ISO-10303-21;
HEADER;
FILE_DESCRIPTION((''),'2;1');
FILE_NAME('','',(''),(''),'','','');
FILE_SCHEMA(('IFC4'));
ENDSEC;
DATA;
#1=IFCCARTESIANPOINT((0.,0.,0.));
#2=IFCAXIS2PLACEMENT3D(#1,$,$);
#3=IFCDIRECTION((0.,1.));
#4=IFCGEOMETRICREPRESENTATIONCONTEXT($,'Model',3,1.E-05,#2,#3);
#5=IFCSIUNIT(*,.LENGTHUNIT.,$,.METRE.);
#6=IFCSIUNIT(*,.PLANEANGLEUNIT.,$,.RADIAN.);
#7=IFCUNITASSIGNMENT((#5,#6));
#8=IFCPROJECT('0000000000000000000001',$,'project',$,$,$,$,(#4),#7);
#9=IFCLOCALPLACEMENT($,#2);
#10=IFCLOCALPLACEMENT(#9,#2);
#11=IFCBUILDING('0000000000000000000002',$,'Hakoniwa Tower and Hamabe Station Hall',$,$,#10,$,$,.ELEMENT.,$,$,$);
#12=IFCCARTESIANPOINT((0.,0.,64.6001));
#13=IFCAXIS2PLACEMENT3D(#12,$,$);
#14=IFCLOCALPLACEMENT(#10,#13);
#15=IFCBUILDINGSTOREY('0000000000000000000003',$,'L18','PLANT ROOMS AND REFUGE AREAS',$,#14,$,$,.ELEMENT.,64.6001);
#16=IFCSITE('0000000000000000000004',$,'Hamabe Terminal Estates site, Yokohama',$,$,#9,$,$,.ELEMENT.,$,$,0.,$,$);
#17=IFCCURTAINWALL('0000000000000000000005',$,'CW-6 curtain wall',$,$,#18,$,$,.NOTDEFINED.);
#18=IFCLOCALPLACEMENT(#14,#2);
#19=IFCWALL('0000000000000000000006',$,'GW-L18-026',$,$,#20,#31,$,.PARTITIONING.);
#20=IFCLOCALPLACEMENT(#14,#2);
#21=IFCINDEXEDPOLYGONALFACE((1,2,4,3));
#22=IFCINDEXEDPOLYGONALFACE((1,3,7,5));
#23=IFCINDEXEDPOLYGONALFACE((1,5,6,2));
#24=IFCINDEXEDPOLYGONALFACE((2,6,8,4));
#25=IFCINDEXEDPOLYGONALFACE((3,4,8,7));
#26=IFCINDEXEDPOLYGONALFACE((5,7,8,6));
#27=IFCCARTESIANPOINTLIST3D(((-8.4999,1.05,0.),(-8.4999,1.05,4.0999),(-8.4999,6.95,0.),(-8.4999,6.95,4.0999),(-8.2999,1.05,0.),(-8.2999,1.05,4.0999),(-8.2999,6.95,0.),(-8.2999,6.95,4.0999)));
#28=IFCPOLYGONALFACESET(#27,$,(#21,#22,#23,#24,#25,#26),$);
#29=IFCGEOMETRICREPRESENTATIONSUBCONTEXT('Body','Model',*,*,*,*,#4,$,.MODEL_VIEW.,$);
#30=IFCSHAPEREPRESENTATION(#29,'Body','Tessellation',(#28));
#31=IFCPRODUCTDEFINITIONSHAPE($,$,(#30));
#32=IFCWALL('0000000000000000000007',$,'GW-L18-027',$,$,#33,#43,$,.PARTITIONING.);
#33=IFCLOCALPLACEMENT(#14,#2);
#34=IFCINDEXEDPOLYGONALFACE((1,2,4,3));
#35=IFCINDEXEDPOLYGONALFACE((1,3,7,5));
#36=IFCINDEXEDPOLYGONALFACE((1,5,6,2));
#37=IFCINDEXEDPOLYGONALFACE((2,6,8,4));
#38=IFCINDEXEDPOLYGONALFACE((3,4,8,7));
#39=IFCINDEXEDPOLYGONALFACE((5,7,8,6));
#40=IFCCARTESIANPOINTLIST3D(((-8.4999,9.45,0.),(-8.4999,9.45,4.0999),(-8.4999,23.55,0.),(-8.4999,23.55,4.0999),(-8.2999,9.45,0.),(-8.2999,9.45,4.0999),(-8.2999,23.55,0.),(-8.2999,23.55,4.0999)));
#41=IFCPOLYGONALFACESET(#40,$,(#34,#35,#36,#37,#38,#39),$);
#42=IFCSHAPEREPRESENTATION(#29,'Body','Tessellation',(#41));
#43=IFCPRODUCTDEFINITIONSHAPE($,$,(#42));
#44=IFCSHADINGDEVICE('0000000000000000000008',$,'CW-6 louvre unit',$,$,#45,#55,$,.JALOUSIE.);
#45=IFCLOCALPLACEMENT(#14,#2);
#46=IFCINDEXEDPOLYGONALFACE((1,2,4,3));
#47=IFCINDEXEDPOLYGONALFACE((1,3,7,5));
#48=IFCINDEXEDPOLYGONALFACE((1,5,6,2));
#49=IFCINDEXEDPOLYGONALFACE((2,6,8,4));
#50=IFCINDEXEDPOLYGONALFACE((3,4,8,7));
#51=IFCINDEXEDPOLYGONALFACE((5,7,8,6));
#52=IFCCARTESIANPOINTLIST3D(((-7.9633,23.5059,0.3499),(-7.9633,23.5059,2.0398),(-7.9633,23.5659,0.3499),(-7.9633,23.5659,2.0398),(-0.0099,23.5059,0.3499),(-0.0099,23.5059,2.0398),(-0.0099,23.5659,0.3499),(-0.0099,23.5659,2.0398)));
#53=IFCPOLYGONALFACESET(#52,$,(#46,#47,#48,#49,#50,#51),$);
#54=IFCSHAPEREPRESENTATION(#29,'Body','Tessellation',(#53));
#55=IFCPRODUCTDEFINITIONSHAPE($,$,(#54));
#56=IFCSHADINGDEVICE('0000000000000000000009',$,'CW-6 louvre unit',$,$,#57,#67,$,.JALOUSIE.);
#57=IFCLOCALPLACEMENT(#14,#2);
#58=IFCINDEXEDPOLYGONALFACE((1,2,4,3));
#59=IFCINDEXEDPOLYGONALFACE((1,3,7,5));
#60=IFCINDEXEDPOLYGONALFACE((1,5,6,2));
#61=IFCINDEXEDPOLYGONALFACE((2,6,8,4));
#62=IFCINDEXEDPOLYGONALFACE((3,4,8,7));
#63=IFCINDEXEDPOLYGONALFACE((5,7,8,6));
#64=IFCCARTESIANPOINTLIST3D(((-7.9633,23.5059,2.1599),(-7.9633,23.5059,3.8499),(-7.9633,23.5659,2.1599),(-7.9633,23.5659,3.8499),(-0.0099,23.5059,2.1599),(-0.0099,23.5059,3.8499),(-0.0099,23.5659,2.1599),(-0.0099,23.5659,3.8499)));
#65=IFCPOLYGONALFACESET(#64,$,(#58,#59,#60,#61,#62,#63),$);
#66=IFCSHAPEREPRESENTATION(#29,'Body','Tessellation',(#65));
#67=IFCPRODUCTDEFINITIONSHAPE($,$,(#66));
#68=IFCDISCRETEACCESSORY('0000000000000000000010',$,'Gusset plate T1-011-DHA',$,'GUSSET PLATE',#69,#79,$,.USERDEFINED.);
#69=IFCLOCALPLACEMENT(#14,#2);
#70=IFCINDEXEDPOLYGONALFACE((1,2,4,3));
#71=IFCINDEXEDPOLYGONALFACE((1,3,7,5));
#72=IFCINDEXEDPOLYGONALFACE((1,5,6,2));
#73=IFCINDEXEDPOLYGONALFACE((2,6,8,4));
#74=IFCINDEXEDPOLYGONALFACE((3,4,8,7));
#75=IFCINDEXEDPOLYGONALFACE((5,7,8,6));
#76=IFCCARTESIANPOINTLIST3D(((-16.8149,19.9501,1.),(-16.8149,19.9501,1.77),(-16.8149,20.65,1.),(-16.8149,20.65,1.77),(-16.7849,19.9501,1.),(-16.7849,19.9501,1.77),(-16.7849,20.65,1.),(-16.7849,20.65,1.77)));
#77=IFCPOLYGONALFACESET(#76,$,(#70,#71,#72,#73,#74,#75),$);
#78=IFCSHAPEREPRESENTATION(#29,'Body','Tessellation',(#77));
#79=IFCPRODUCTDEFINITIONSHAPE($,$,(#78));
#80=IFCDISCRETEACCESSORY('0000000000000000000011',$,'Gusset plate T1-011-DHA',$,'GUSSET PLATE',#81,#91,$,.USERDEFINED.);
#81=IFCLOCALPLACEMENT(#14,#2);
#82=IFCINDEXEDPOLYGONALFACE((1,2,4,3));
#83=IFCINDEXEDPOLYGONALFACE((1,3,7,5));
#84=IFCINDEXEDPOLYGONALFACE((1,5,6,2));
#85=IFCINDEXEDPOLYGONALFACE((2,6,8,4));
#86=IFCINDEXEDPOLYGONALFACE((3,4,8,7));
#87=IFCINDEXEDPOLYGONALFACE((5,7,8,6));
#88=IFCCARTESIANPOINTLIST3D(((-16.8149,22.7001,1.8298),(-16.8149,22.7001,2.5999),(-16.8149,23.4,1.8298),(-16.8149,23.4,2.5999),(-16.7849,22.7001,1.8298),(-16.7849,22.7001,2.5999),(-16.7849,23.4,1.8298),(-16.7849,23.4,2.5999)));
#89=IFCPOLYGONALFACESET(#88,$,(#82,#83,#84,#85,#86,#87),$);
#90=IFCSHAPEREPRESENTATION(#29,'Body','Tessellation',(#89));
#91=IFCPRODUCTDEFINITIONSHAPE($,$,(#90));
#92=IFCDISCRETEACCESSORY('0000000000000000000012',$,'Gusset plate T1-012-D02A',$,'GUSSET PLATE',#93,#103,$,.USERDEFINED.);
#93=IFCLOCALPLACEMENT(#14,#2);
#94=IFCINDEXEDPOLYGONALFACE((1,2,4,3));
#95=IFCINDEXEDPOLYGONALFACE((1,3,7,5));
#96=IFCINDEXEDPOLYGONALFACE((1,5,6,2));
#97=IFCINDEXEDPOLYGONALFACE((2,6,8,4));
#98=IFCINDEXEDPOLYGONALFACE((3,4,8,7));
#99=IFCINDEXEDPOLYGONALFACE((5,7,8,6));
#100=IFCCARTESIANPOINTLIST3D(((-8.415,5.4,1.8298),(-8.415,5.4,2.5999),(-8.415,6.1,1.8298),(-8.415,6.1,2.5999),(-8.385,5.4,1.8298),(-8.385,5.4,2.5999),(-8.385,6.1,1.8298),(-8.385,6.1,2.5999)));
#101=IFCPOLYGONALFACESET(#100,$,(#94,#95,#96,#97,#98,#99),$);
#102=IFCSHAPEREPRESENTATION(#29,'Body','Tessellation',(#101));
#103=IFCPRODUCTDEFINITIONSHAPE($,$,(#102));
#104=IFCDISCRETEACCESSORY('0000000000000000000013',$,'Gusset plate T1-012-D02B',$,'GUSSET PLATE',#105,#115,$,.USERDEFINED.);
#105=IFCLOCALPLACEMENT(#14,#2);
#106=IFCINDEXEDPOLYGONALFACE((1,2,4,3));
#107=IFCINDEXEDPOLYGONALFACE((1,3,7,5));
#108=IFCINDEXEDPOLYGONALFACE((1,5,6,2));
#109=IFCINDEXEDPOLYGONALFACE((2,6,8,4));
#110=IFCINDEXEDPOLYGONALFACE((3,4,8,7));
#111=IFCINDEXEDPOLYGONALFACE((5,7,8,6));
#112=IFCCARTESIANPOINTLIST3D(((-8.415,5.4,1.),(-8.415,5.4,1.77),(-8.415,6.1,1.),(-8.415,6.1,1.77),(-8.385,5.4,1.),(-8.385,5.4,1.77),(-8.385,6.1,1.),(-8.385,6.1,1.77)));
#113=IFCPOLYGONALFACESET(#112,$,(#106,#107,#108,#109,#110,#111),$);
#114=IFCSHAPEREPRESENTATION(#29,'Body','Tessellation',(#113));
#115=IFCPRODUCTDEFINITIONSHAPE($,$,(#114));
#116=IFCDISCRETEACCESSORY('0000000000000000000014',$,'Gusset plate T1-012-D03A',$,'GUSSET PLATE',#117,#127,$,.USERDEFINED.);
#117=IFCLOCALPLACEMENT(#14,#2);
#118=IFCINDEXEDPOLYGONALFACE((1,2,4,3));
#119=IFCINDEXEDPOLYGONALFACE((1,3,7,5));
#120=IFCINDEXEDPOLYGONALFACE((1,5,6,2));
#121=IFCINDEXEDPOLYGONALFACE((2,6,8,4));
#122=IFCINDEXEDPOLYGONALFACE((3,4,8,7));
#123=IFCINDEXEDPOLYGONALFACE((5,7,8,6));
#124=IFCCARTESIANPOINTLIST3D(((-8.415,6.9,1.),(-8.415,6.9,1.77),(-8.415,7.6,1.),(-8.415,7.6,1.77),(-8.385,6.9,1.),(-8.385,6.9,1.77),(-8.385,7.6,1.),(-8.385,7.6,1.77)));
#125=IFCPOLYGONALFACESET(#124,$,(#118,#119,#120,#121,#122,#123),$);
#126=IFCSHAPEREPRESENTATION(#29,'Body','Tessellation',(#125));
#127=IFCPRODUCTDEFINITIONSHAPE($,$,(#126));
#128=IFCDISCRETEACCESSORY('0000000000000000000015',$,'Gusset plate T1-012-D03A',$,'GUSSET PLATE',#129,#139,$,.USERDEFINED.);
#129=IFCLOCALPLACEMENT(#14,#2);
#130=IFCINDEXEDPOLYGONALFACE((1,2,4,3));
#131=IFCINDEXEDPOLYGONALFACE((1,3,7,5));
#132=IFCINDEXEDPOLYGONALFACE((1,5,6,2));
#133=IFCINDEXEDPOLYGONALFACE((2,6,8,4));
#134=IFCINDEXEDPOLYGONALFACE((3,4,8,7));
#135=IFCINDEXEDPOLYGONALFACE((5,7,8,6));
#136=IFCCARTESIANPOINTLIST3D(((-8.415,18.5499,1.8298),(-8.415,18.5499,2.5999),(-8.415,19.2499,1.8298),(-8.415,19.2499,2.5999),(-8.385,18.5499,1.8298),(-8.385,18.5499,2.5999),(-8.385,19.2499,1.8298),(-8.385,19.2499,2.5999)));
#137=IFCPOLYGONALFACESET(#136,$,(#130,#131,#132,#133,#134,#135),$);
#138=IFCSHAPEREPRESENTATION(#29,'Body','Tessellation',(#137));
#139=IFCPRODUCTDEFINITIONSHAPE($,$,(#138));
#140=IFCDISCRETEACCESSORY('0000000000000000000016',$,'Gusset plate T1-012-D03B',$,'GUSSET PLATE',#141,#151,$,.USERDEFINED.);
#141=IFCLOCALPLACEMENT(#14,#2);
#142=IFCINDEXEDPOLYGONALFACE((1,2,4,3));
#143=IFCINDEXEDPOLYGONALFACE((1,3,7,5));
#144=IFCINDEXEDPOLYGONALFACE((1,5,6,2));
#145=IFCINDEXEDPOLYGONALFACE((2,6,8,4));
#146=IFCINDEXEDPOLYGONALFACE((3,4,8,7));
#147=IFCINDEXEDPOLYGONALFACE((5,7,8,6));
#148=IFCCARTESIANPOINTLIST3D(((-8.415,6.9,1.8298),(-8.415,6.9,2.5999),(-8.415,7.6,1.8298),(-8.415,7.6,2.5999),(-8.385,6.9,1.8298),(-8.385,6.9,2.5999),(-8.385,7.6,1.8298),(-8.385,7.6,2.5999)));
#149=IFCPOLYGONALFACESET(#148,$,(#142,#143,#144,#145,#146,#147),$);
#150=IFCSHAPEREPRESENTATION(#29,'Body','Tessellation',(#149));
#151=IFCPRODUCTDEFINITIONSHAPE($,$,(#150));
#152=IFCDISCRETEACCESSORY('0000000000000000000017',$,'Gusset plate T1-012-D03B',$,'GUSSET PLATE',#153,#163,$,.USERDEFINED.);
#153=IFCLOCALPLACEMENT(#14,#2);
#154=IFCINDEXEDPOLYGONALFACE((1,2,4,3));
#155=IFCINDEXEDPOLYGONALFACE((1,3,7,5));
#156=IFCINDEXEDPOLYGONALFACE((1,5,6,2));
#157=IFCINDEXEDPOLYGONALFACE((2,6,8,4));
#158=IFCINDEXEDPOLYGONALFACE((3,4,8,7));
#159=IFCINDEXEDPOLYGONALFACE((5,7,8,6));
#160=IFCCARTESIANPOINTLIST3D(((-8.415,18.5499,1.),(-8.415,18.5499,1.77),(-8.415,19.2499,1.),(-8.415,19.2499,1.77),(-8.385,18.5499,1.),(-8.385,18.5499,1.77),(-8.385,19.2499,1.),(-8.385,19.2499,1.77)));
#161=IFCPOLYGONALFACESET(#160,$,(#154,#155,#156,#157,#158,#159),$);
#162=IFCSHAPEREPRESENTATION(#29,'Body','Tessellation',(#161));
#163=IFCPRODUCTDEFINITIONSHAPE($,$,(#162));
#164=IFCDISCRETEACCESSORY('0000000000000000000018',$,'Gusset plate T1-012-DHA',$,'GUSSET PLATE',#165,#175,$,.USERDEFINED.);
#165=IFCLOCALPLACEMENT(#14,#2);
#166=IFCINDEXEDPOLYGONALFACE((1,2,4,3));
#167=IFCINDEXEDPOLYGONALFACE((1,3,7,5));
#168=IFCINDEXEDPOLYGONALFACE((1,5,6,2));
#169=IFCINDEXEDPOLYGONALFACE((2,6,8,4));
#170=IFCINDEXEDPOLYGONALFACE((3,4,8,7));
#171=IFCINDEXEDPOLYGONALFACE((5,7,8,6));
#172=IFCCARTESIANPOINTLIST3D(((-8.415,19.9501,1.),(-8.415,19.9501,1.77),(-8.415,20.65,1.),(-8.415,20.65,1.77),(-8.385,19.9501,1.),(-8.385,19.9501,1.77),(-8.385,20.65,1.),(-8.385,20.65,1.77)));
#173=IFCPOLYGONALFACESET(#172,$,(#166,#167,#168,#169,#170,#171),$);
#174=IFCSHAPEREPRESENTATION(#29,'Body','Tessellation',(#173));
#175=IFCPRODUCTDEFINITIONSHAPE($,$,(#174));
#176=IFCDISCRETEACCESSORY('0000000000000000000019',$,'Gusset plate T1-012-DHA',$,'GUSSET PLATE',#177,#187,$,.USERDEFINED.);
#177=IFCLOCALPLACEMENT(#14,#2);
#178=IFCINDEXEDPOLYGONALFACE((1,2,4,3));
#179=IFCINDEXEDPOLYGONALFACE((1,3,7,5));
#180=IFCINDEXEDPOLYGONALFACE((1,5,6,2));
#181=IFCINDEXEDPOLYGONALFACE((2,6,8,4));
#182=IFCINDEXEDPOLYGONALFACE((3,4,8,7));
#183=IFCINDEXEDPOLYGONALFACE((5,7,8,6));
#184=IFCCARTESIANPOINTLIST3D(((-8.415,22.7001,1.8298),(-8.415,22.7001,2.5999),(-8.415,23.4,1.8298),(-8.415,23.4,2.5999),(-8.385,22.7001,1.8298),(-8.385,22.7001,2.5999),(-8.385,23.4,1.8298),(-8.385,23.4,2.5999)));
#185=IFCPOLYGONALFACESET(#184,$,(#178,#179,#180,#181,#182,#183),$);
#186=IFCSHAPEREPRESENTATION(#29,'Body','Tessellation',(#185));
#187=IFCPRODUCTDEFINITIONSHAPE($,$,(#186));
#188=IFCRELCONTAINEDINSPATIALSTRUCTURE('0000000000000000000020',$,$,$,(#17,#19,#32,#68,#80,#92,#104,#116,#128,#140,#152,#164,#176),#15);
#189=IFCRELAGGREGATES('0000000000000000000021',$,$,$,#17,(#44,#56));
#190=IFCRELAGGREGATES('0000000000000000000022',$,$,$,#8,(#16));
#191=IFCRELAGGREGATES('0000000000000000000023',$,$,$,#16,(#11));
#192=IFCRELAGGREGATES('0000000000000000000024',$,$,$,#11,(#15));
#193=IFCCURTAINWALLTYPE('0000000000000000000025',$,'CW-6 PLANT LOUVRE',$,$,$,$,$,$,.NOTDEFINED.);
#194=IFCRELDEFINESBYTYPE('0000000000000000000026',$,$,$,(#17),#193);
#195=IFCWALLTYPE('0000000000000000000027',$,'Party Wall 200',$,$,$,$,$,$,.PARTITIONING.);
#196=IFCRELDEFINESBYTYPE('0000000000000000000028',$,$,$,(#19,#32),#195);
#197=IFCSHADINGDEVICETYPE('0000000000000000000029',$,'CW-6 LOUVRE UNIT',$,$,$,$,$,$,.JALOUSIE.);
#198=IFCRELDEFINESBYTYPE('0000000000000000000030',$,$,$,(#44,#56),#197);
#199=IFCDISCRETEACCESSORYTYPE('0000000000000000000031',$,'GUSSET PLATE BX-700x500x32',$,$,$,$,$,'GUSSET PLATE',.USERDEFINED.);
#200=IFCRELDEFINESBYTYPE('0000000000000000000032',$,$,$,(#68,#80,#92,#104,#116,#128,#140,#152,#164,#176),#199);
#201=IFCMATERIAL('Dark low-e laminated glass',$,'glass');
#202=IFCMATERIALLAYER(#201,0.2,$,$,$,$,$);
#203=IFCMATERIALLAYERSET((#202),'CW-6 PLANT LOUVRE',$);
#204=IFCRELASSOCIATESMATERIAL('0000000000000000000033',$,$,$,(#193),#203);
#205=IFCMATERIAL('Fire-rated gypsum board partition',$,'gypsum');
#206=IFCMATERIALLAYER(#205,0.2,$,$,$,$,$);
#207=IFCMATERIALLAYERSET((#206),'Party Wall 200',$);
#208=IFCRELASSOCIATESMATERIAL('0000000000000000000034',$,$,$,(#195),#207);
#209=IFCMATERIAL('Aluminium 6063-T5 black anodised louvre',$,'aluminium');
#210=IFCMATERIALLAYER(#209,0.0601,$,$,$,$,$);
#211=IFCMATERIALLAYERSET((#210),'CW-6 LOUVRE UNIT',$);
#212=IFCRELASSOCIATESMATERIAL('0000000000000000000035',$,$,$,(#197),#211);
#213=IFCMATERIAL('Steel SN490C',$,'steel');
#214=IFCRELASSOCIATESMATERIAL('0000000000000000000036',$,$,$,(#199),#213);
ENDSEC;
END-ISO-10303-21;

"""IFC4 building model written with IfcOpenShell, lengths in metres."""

from ifc_helpers import new_model, si_unit, direction, frame, frame_2d, origin, origin_2d, place, context, subcontext, project, spatial, rectangle, extrude, material, layer, layer_set, material_profile, profile_set, type_object, element, aggregate, save


model = new_model("IFC4")

# Units and contexts
model_context = context("Model", 3, precision=1e-05, world=origin(), true_north=direction((0.0, 1.0)))
body_context = subcontext(model_context, "Body", "Model", "MODEL_VIEW")
ifc_project = project(units=[si_unit("LENGTHUNIT", "METRE"), si_unit("PLANEANGLEUNIT", "RADIAN")], contexts=[model_context])

# Site, building, storey
site_placement = place(None, origin())
site = spatial("IfcSite", under=ifc_project, at=site_placement, Name="Hamabe Terminal Estates site, Yokohama", CompositionType="ELEMENT", RefElevation=0.0)
building_placement = place(site_placement, origin())
building = spatial("IfcBuilding", under=site, at=building_placement, Name="Hakoniwa Tower and Hamabe Station Hall", CompositionType="ELEMENT")
storey_placement = place(building_placement, frame((0.0, 0.0, 64.6001)))
storey = spatial("IfcBuildingStorey", under=building, at=storey_placement, Name="L18", Description="PLANT ROOMS AND REFUGE AREAS", CompositionType="ELEMENT", Elevation=64.6001)

# Curtain wall
ifc_material_1 = material(Name="Dark low-e laminated glass", Category="glass")
ifc_layer_1 = layer(ifc_material_1, 0.2)
ifc_layer_set_1 = layer_set([ifc_layer_1], Name="CW-6 PLANT LOUVRE")
curtain_wall_type = type_object("IfcCurtainWallType", Name="CW-6 PLANT LOUVRE", PredefinedType="NOTDEFINED", material=ifc_layer_set_1)
curtain_wall_placement = place(storey_placement, origin())
curtain_wall = element("IfcCurtainWall", 1, at=curtain_wall_placement, inside=storey, type_object=curtain_wall_type, Name="CW-6 curtain wall", PredefinedType="NOTDEFINED")

# Walls
ifc_material_2 = material(Name="Fire-rated gypsum board partition", Category="gypsum")
ifc_layer_2 = layer(ifc_material_2, 0.2)
ifc_layer_set_2 = layer_set([ifc_layer_2], Name="Party Wall 200")
wall_type = type_object("IfcWallType", Name="Party Wall 200", PredefinedType="PARTITIONING", material=ifc_layer_set_2)
wall_1_placement = place(storey_placement, frame((-8.3999, 1.05, 0.0), z_axis=(0.0, 0.0, 1.0), x_axis=(0.0, 1.0, 0.0)))
element("IfcWall", 2, at=wall_1_placement, inside=storey, type_object=wall_type, Name="GW-L18-026", PredefinedType="PARTITIONING", context=body_context, shape_type="SweptSolid", body=[
    extrude(rectangle(XDim=5.8999, YDim=0.2, at=frame_2d((2.95, 0.0))), origin(), (0.0, 0.0, 1.0), 4.0999),
])
wall_2_placement = place(storey_placement, frame((-8.3999, 9.45, 0.0), z_axis=(0.0, 0.0, 1.0), x_axis=(0.0, 1.0, 0.0)))
element("IfcWall", 3, at=wall_2_placement, inside=storey, type_object=wall_type, Name="GW-L18-027", PredefinedType="PARTITIONING", context=body_context, shape_type="SweptSolid", body=[
    extrude(rectangle(XDim=14.1001, YDim=0.2, at=frame_2d((7.05, 0.0))), origin(), (0.0, 0.0, 1.0), 4.0999),
])

# Shading devices
ifc_material_3 = material(Name="Aluminium 6063-T5 black anodised louvre", Category="aluminium")
ifc_layer_3 = layer(ifc_material_3, 0.0601)
ifc_layer_set_3 = layer_set([ifc_layer_3], Name="CW-6 LOUVRE UNIT")
shading_device_type = type_object("IfcShadingDeviceType", Name="CW-6 LOUVRE UNIT", PredefinedType="JALOUSIE", material=ifc_layer_set_3)
shading_device_1_placement = place(storey_placement, frame((-3.9866, 23.5359, 0.3499), z_axis=(0.0, 0.0, 1.0), x_axis=(-1.0, 0.0, 0.0)))
shading_device_1 = element("IfcShadingDevice", 4, at=shading_device_1_placement, type_object=shading_device_type, Name="CW-6 louvre unit", PredefinedType="JALOUSIE", context=body_context, shape_type="SweptSolid", body=[
    extrude(rectangle(XDim=7.9534, YDim=0.0601, at=origin_2d()), origin(), (0.0, 0.0, 1.0), 1.6899),
])
shading_device_2_placement = place(storey_placement, frame((-3.9866, 23.5359, 2.1599), z_axis=(0.0, 0.0, 1.0), x_axis=(-1.0, 0.0, 0.0)))
shading_device_2 = element("IfcShadingDevice", 5, at=shading_device_2_placement, type_object=shading_device_type, Name="CW-6 louvre unit", PredefinedType="JALOUSIE", context=body_context, shape_type="SweptSolid", body=[
    extrude(rectangle(XDim=7.9534, YDim=0.0601, at=origin_2d()), origin(), (0.0, 0.0, 1.0), 1.6899),
])
aggregate(curtain_wall, [shading_device_1, shading_device_2])

# Discrete accessories
ifc_material_4 = material(Name="Steel SN490C", Category="steel")
ifc_material_profile_1 = material_profile(ifc_material_4, rectangle(XDim=0.7, YDim=0.77, at=origin_2d()), Name="GUSSET PLATE BX-700x500x32")
ifc_profile_set_1 = profile_set([ifc_material_profile_1], Name="Steel SN490C")
discrete_accessory_type = type_object("IfcDiscreteAccessoryType", Name="GUSSET PLATE BX-700x500x32", ElementType="GUSSET PLATE", PredefinedType="USERDEFINED", material=ifc_profile_set_1)
for number, where, z_axis, x_axis, name in (
    (6, (-16.7849, 20.3, 1.385), (-1.0, 0.0, 0.0), (0.0, -1.0, 0.0), "Gusset plate T1-011-DHA"),
    (7, (-16.7849, 23.05, 2.2148), (-1.0, 0.0, 0.0), (0.0, -1.0, 0.0), "Gusset plate T1-011-DHA"),
    (8, (-8.385, 5.75, 2.2148), (-1.0, 0.0, 0.0), (0.0, -1.0, 0.0), "Gusset plate T1-012-D02A"),
    (9, (-8.385, 5.75, 1.385), (-1.0, 0.0, 0.0), (0.0, -1.0, 0.0), "Gusset plate T1-012-D02B"),
    (10, (-8.385, 7.25, 1.385), (-1.0, 0.0, 0.0), (0.0, -1.0, 0.0), "Gusset plate T1-012-D03A"),
    (11, (-8.385, 18.8999, 2.2148), (-1.0, 0.0, 0.0), (0.0, -1.0, 0.0), "Gusset plate T1-012-D03A"),
    (12, (-8.385, 7.25, 2.2148), (-1.0, 0.0, 0.0), (0.0, -1.0, 0.0), "Gusset plate T1-012-D03B"),
    (13, (-8.385, 18.8999, 1.385), (-1.0, 0.0, 0.0), (0.0, -1.0, 0.0), "Gusset plate T1-012-D03B"),
    (14, (-8.385, 20.3, 1.385), (-1.0, 0.0, 0.0), (0.0, -1.0, 0.0), "Gusset plate T1-012-DHA"),
    (15, (-8.385, 23.05, 2.2148), (-1.0, 0.0, 0.0), (0.0, -1.0, 0.0), "Gusset plate T1-012-DHA"),
):
    element("IfcDiscreteAccessory", number, at=place(storey_placement, frame(where, z_axis=z_axis, x_axis=x_axis)), inside=storey, type_object=discrete_accessory_type, Name=name, ObjectType="GUSSET PLATE", PredefinedType="USERDEFINED", context=body_context, shape_type="SweptSolid", body=[
        extrude(rectangle(XDim=0.7, YDim=0.77, at=origin_2d()), origin(), (0.0, 0.0, 1.0), 0.03),
    ])

save(model, "model.ifc")
